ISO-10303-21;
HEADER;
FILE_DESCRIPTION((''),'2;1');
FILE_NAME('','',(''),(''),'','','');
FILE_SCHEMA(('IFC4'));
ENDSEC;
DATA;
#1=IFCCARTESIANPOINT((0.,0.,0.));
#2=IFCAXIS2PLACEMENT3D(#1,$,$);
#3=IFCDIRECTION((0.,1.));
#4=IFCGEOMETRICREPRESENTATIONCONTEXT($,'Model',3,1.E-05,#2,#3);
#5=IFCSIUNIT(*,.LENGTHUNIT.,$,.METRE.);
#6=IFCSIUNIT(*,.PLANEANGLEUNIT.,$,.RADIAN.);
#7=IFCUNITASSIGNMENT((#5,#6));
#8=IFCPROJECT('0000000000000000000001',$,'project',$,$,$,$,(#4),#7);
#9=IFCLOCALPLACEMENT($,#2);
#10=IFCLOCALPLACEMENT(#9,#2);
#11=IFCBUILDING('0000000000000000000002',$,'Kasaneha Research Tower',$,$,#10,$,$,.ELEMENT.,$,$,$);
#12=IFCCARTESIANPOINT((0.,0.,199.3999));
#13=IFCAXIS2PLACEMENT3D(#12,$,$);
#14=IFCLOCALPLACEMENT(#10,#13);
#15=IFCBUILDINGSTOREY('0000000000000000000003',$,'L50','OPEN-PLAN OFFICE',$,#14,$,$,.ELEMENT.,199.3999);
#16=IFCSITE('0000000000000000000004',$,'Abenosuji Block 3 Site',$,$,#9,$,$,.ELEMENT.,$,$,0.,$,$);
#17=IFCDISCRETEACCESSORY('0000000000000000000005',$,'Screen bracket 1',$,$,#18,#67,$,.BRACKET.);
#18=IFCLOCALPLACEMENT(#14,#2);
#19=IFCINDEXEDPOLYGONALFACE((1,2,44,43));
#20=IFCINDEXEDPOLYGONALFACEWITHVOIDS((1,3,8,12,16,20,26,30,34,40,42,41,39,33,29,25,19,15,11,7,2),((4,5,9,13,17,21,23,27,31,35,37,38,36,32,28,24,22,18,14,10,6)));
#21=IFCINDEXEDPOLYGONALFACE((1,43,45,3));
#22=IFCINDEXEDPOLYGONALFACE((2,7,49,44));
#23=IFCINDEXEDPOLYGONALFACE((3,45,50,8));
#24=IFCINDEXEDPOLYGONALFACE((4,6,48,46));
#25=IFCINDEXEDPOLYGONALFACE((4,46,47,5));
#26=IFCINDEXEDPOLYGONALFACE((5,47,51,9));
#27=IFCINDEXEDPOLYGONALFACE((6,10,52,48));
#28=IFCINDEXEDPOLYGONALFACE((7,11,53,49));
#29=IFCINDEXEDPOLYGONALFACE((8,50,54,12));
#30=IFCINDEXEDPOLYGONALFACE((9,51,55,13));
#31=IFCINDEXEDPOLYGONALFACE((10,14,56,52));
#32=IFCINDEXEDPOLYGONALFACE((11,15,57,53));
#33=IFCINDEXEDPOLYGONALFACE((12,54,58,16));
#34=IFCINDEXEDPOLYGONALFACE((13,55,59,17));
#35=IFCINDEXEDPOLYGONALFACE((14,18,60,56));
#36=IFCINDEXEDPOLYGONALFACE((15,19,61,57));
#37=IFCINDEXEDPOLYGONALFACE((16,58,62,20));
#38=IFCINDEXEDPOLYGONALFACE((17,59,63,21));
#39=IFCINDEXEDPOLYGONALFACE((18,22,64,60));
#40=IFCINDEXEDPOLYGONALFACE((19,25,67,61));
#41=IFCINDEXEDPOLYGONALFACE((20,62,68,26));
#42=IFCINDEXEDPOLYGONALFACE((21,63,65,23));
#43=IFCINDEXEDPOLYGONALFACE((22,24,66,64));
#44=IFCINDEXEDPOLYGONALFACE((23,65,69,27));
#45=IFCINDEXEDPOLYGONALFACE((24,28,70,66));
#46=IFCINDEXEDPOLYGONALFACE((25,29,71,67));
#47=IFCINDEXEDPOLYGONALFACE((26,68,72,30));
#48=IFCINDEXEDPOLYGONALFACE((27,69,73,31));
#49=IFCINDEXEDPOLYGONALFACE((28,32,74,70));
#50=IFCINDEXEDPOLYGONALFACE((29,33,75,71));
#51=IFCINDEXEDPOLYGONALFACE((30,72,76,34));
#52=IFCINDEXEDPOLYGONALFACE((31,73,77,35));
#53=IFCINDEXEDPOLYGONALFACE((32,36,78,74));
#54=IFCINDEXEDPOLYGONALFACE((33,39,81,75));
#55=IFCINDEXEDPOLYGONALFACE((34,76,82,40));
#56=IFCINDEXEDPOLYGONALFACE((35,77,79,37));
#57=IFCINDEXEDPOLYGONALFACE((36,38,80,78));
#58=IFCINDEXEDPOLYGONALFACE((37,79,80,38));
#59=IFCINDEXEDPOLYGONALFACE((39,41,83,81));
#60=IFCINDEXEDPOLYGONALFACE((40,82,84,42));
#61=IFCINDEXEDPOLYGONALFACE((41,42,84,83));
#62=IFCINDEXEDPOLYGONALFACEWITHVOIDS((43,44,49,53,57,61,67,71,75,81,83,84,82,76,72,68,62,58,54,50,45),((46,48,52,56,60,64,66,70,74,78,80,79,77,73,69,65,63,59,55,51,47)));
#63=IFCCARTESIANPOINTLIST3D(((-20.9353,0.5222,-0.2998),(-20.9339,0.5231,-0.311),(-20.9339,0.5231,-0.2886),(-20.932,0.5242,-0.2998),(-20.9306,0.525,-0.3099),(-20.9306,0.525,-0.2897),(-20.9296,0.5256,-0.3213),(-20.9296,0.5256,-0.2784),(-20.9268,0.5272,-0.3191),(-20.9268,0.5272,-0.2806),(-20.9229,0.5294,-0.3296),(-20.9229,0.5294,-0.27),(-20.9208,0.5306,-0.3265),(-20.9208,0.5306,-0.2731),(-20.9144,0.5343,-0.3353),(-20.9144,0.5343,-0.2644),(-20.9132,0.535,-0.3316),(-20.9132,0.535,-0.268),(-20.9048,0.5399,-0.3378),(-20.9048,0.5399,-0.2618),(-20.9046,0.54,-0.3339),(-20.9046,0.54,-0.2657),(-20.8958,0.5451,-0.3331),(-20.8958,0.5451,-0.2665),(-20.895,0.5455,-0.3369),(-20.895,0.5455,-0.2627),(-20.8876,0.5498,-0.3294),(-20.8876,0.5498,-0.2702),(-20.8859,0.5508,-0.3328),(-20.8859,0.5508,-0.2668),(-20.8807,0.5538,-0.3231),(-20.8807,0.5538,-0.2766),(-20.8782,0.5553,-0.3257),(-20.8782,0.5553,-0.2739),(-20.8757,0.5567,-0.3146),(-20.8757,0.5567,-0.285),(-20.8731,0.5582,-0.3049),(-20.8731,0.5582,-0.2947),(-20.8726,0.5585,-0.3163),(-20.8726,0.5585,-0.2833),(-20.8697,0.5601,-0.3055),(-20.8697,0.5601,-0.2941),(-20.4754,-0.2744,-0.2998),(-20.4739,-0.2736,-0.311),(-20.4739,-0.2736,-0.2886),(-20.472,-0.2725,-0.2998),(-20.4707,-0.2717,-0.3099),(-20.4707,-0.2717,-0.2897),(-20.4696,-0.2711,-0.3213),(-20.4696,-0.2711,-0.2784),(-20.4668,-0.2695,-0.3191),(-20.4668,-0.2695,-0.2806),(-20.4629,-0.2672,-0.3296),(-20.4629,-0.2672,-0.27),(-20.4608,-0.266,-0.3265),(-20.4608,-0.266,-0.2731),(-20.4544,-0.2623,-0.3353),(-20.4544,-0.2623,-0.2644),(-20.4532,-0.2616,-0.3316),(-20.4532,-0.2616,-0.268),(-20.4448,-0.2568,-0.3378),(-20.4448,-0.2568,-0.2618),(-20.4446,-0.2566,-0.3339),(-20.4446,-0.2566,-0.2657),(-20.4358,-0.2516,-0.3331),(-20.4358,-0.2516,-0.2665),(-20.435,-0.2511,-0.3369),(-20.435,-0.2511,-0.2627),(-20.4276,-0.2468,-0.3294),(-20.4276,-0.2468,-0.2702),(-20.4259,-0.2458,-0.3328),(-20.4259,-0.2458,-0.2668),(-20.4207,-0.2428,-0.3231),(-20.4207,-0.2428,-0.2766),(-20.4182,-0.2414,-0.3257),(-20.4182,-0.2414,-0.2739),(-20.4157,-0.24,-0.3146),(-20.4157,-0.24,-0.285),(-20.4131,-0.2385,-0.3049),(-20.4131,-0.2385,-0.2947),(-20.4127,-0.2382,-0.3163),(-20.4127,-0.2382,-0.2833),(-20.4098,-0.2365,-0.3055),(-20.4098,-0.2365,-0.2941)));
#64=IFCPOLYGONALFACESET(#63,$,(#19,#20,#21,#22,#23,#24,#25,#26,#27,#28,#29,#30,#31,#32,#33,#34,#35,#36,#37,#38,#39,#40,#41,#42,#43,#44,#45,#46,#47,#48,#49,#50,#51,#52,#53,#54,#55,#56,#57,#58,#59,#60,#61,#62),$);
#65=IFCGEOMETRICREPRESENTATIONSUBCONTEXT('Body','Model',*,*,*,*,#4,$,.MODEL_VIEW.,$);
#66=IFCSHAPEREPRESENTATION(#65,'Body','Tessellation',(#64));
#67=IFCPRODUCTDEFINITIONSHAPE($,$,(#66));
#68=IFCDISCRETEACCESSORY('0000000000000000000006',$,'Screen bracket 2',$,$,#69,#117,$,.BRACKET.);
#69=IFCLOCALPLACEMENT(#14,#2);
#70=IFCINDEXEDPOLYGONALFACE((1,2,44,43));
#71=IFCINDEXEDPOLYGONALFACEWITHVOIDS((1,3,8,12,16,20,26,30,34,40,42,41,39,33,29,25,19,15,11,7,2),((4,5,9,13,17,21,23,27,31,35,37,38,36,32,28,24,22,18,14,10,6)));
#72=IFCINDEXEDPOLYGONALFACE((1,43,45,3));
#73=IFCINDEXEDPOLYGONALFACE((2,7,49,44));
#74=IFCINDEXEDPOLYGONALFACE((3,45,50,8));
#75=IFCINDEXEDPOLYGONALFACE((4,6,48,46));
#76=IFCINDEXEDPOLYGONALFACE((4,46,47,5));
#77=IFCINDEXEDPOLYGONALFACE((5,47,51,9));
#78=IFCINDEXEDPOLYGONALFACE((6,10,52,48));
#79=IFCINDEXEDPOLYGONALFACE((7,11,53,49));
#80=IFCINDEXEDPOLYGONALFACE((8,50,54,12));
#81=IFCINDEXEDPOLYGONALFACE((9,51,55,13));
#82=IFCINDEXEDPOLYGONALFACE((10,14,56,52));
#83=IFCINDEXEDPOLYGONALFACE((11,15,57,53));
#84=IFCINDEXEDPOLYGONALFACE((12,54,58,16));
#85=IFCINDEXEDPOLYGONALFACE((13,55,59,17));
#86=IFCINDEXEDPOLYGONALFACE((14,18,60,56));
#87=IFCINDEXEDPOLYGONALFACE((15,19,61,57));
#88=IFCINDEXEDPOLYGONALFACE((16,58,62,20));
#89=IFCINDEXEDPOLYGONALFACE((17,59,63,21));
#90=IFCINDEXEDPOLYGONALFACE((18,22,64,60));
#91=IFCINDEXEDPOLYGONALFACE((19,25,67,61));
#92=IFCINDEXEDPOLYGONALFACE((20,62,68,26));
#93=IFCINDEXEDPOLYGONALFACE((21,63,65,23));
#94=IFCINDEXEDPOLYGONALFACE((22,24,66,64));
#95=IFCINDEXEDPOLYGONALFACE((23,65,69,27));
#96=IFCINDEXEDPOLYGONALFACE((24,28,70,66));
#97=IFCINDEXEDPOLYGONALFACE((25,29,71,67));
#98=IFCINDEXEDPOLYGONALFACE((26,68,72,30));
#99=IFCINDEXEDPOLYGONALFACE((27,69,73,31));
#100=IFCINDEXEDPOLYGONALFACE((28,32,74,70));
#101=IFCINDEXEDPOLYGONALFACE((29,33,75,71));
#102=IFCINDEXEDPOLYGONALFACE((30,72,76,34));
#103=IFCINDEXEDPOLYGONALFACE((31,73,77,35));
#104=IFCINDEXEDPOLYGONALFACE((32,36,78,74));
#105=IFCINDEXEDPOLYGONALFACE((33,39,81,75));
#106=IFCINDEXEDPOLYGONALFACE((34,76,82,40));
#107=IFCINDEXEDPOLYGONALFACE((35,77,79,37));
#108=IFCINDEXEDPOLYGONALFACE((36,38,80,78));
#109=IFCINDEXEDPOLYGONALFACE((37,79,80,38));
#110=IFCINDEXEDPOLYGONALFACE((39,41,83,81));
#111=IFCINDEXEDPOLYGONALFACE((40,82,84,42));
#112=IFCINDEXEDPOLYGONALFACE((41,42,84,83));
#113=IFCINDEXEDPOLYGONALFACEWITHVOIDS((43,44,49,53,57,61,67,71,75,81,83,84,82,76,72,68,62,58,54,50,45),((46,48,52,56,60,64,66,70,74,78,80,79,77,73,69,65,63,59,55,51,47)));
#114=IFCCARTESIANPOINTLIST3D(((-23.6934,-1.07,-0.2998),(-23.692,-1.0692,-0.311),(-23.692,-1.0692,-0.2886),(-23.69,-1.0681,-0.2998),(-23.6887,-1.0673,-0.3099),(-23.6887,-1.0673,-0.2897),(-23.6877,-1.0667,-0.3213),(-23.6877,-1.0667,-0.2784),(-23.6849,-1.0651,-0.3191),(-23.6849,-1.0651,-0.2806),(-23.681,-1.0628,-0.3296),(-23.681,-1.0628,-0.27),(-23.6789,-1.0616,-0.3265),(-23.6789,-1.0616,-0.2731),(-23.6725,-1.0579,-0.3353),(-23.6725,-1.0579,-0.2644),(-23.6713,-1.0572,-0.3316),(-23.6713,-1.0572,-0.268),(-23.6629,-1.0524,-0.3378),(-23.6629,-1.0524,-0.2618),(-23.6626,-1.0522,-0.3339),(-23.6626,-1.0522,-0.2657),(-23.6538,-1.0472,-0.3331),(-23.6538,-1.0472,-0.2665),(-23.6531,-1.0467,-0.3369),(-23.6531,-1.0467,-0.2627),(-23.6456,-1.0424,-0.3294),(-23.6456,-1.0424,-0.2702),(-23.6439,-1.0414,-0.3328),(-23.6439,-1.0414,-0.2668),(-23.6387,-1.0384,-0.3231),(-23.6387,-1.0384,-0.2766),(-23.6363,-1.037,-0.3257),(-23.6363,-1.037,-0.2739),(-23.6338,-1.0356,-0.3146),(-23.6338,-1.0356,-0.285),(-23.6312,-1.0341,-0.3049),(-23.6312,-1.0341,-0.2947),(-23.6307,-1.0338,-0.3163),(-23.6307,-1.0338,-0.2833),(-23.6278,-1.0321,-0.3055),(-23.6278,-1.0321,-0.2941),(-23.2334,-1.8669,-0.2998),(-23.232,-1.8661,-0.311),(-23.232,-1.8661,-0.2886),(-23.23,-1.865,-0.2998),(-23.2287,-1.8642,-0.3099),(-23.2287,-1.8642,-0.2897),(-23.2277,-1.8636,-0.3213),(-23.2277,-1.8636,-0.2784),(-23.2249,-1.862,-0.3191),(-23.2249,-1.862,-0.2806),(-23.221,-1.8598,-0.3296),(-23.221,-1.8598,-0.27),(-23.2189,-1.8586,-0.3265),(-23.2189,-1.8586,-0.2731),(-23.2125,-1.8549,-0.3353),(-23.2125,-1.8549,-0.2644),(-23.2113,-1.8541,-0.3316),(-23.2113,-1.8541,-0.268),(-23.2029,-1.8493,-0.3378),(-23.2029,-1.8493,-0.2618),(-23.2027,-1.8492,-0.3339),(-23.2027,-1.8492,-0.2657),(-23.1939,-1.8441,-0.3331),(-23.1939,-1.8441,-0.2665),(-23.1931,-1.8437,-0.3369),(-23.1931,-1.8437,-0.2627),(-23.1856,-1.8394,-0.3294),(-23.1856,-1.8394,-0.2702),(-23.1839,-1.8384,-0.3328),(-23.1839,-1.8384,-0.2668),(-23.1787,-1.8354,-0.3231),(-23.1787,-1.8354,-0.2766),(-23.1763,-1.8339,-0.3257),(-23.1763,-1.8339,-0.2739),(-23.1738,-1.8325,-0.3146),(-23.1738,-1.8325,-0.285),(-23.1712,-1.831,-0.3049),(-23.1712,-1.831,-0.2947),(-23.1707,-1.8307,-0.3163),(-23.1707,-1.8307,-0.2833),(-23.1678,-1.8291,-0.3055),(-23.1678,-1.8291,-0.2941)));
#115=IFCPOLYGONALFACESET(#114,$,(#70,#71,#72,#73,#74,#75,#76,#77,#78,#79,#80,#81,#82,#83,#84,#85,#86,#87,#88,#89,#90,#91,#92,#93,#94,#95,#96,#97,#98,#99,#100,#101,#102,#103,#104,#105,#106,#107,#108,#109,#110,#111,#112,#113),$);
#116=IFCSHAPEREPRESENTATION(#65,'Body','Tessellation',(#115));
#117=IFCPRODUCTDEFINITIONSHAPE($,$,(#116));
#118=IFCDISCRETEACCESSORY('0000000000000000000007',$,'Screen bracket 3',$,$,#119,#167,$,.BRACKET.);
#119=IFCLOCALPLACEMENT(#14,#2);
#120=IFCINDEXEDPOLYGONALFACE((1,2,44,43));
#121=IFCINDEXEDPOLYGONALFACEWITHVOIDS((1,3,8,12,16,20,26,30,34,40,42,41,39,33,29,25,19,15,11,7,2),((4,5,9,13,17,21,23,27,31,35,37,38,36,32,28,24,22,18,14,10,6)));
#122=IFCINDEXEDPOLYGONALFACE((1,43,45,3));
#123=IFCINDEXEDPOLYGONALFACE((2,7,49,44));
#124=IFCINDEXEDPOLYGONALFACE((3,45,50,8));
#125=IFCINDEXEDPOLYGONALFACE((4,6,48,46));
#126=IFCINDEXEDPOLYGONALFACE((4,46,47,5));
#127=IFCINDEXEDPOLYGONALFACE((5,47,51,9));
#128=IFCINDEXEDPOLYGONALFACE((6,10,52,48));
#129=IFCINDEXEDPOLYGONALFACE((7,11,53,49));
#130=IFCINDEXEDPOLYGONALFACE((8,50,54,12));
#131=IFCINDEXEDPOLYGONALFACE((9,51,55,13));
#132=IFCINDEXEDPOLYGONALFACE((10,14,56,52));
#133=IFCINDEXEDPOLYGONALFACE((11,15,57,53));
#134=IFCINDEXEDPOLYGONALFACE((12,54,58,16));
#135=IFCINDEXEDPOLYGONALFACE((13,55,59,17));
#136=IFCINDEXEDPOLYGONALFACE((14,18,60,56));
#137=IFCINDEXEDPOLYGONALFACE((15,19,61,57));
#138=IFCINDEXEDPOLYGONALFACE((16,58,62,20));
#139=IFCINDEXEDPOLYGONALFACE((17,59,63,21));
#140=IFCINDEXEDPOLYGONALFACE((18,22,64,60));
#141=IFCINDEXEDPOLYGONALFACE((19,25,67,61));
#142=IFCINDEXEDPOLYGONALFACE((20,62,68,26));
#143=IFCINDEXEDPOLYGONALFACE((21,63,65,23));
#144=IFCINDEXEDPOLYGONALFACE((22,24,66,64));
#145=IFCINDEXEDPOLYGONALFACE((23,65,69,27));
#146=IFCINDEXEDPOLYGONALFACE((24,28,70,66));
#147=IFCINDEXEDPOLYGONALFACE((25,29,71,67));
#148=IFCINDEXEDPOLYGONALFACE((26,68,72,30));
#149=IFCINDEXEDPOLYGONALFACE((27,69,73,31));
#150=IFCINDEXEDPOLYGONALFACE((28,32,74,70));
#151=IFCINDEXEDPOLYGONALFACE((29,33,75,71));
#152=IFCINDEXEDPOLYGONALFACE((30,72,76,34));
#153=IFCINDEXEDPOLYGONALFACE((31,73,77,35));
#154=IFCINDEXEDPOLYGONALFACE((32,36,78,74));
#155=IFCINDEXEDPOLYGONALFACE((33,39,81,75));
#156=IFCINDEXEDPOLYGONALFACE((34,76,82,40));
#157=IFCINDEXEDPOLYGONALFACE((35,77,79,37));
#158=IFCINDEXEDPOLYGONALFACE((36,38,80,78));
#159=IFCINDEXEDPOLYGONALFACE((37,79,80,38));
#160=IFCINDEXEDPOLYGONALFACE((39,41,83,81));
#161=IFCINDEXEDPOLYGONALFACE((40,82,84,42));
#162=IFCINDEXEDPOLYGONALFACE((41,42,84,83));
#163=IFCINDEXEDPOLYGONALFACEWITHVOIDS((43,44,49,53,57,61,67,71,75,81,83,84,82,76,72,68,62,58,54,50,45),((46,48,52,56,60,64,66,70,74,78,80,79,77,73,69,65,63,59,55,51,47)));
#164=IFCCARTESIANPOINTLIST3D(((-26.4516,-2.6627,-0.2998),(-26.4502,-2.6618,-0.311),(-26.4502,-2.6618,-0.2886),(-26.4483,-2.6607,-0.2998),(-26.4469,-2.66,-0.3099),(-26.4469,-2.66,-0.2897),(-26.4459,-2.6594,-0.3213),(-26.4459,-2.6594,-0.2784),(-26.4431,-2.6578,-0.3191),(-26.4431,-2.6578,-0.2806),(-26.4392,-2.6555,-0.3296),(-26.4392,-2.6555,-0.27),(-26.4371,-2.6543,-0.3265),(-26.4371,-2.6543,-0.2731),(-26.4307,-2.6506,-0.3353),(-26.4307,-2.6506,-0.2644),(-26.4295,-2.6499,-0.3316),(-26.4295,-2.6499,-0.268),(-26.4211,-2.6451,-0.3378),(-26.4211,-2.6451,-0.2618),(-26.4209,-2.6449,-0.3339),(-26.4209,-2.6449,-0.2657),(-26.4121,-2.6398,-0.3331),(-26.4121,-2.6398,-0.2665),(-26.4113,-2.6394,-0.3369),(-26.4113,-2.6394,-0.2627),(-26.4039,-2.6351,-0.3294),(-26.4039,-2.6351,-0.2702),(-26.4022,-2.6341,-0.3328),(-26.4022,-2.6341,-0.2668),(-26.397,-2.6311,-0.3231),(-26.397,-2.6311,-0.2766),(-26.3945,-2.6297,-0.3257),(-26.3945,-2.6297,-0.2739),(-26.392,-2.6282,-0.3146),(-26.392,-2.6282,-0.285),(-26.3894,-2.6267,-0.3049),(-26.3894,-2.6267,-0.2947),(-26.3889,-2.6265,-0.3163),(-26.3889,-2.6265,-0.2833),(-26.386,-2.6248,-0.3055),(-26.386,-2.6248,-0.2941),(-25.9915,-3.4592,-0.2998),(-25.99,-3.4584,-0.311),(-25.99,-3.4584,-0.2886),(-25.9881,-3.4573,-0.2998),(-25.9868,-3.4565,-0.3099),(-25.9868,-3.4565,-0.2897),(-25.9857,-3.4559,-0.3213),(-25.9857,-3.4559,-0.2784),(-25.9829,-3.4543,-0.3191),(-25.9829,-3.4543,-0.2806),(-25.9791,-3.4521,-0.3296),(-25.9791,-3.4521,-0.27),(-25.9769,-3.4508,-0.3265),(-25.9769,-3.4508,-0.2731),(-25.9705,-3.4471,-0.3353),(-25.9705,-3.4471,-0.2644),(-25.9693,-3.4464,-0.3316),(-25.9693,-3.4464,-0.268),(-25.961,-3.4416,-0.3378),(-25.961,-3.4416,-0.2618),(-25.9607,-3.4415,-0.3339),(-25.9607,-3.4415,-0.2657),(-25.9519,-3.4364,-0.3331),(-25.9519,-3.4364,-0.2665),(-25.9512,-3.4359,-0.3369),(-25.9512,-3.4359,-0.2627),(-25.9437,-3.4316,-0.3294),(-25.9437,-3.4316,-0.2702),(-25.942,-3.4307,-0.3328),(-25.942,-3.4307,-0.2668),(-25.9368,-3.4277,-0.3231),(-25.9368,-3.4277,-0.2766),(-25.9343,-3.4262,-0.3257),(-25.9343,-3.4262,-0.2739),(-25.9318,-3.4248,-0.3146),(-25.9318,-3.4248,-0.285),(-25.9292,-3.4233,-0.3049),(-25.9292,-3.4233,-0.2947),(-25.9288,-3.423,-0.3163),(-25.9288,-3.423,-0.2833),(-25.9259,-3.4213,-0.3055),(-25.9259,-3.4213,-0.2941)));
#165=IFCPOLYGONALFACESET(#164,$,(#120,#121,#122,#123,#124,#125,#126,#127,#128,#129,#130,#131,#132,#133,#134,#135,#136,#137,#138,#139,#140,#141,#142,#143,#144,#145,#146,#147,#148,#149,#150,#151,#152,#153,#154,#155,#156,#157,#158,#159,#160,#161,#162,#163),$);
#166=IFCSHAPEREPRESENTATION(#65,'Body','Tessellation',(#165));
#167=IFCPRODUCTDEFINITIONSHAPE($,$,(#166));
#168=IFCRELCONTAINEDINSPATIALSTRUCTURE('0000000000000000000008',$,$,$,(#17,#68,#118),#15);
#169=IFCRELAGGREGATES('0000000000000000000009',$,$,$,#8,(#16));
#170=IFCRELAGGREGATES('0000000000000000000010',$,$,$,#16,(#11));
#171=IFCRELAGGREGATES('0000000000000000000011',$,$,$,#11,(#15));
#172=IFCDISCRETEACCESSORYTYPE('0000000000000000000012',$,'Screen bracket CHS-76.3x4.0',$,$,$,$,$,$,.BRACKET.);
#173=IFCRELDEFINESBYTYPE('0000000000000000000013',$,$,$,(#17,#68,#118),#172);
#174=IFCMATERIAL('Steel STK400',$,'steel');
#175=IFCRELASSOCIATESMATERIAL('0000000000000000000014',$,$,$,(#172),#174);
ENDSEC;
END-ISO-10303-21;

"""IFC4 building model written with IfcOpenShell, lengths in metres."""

from ifc_helpers import new_model, si_unit, direction, frame, origin, origin_2d, place, context, subcontext, project, spatial, hollow_circle, extrude, material, material_profile, profile_set, type_object, element, save


model = new_model("IFC4")

# Units and contexts
model_context = context("Model", 3, precision=1e-05, world=origin(), true_north=direction((0.0, 1.0)))
body_context = subcontext(model_context, "Body", "Model", "MODEL_VIEW")
ifc_project = project(units=[si_unit("LENGTHUNIT", "METRE"), si_unit("PLANEANGLEUNIT", "RADIAN")], contexts=[model_context])

# Site, building, storey
site_placement = place(None, origin())
site = spatial("IfcSite", under=ifc_project, at=site_placement, Name="Abenosuji Block 3 Site", CompositionType="ELEMENT", RefElevation=0.0)
building_placement = place(site_placement, origin())
building = spatial("IfcBuilding", under=site, at=building_placement, Name="Kasaneha Research Tower", CompositionType="ELEMENT")
storey_placement = place(building_placement, frame((0.0, 0.0, 199.3999)))
storey = spatial("IfcBuildingStorey", under=building, at=storey_placement, Name="L50", Description="OPEN-PLAN OFFICE", CompositionType="ELEMENT", Elevation=199.3999)

# Discrete accessories
ifc_material_1 = material(Name="Steel STK400", Category="steel")
ifc_material_profile_1 = material_profile(ifc_material_1, hollow_circle(Radius=0.0381, WallThickness=0.0039, at=origin_2d()), Name="CHS-76.3x4.0")
ifc_profile_set_1 = profile_set([ifc_material_profile_1], Name="Steel STK400")
discrete_accessory_type = type_object("IfcDiscreteAccessoryType", Name="Screen bracket CHS-76.3x4.0", PredefinedType="BRACKET", material=ifc_profile_set_1)
for number, where, z_axis, x_axis, name in (
    (1, (-20.4424, -0.2554, -0.2998), (-0.500021, 0.866013, 0.0), (-0.866013, -0.500021, 0.0), "Screen bracket 1"),
):
    element("IfcDiscreteAccessory", number, at=place(storey_placement, frame(where, z_axis=z_axis, x_axis=x_axis)), inside=storey, type_object=discrete_accessory_type, Name=name, PredefinedType="BRACKET", context=body_context, shape_type="SweptSolid", body=[
        extrude(hollow_circle(Radius=0.0381, WallThickness=0.0039, at=origin_2d()), origin(), (0.0, 0.0, 1.0), 0.9199),
    ])
discrete_accessory_1_placement = place(storey_placement, frame((-23.2004, -1.8479, -0.2998), z_axis=(-0.499906, 0.86608, 0.0), x_axis=(-0.86608, -0.499906, 0.0)))
element("IfcDiscreteAccessory", 2, at=discrete_accessory_1_placement, inside=storey, type_object=discrete_accessory_type, Name="Screen bracket 2", PredefinedType="BRACKET", context=body_context, shape_type="SweptSolid", body=[
    extrude(hollow_circle(Radius=0.0381, WallThickness=0.0039, at=origin_2d()), origin(), (0.0, 0.0, 1.0), 0.9202),
])
discrete_accessory_2_placement = place(storey_placement, frame((-25.9585, -3.4402, -0.2998), z_axis=(-0.50022, 0.865898, 0.0), x_axis=(-0.865898, -0.50022, 0.0)))
element("IfcDiscreteAccessory", 3, at=discrete_accessory_2_placement, inside=storey, type_object=discrete_accessory_type, Name="Screen bracket 3", PredefinedType="BRACKET", context=body_context, shape_type="SweptSolid", body=[
    extrude(hollow_circle(Radius=0.0381, WallThickness=0.0039, at=origin_2d()), origin(), (0.0, 0.0, 1.0), 0.9199),
])

save(model, "model.ifc")
